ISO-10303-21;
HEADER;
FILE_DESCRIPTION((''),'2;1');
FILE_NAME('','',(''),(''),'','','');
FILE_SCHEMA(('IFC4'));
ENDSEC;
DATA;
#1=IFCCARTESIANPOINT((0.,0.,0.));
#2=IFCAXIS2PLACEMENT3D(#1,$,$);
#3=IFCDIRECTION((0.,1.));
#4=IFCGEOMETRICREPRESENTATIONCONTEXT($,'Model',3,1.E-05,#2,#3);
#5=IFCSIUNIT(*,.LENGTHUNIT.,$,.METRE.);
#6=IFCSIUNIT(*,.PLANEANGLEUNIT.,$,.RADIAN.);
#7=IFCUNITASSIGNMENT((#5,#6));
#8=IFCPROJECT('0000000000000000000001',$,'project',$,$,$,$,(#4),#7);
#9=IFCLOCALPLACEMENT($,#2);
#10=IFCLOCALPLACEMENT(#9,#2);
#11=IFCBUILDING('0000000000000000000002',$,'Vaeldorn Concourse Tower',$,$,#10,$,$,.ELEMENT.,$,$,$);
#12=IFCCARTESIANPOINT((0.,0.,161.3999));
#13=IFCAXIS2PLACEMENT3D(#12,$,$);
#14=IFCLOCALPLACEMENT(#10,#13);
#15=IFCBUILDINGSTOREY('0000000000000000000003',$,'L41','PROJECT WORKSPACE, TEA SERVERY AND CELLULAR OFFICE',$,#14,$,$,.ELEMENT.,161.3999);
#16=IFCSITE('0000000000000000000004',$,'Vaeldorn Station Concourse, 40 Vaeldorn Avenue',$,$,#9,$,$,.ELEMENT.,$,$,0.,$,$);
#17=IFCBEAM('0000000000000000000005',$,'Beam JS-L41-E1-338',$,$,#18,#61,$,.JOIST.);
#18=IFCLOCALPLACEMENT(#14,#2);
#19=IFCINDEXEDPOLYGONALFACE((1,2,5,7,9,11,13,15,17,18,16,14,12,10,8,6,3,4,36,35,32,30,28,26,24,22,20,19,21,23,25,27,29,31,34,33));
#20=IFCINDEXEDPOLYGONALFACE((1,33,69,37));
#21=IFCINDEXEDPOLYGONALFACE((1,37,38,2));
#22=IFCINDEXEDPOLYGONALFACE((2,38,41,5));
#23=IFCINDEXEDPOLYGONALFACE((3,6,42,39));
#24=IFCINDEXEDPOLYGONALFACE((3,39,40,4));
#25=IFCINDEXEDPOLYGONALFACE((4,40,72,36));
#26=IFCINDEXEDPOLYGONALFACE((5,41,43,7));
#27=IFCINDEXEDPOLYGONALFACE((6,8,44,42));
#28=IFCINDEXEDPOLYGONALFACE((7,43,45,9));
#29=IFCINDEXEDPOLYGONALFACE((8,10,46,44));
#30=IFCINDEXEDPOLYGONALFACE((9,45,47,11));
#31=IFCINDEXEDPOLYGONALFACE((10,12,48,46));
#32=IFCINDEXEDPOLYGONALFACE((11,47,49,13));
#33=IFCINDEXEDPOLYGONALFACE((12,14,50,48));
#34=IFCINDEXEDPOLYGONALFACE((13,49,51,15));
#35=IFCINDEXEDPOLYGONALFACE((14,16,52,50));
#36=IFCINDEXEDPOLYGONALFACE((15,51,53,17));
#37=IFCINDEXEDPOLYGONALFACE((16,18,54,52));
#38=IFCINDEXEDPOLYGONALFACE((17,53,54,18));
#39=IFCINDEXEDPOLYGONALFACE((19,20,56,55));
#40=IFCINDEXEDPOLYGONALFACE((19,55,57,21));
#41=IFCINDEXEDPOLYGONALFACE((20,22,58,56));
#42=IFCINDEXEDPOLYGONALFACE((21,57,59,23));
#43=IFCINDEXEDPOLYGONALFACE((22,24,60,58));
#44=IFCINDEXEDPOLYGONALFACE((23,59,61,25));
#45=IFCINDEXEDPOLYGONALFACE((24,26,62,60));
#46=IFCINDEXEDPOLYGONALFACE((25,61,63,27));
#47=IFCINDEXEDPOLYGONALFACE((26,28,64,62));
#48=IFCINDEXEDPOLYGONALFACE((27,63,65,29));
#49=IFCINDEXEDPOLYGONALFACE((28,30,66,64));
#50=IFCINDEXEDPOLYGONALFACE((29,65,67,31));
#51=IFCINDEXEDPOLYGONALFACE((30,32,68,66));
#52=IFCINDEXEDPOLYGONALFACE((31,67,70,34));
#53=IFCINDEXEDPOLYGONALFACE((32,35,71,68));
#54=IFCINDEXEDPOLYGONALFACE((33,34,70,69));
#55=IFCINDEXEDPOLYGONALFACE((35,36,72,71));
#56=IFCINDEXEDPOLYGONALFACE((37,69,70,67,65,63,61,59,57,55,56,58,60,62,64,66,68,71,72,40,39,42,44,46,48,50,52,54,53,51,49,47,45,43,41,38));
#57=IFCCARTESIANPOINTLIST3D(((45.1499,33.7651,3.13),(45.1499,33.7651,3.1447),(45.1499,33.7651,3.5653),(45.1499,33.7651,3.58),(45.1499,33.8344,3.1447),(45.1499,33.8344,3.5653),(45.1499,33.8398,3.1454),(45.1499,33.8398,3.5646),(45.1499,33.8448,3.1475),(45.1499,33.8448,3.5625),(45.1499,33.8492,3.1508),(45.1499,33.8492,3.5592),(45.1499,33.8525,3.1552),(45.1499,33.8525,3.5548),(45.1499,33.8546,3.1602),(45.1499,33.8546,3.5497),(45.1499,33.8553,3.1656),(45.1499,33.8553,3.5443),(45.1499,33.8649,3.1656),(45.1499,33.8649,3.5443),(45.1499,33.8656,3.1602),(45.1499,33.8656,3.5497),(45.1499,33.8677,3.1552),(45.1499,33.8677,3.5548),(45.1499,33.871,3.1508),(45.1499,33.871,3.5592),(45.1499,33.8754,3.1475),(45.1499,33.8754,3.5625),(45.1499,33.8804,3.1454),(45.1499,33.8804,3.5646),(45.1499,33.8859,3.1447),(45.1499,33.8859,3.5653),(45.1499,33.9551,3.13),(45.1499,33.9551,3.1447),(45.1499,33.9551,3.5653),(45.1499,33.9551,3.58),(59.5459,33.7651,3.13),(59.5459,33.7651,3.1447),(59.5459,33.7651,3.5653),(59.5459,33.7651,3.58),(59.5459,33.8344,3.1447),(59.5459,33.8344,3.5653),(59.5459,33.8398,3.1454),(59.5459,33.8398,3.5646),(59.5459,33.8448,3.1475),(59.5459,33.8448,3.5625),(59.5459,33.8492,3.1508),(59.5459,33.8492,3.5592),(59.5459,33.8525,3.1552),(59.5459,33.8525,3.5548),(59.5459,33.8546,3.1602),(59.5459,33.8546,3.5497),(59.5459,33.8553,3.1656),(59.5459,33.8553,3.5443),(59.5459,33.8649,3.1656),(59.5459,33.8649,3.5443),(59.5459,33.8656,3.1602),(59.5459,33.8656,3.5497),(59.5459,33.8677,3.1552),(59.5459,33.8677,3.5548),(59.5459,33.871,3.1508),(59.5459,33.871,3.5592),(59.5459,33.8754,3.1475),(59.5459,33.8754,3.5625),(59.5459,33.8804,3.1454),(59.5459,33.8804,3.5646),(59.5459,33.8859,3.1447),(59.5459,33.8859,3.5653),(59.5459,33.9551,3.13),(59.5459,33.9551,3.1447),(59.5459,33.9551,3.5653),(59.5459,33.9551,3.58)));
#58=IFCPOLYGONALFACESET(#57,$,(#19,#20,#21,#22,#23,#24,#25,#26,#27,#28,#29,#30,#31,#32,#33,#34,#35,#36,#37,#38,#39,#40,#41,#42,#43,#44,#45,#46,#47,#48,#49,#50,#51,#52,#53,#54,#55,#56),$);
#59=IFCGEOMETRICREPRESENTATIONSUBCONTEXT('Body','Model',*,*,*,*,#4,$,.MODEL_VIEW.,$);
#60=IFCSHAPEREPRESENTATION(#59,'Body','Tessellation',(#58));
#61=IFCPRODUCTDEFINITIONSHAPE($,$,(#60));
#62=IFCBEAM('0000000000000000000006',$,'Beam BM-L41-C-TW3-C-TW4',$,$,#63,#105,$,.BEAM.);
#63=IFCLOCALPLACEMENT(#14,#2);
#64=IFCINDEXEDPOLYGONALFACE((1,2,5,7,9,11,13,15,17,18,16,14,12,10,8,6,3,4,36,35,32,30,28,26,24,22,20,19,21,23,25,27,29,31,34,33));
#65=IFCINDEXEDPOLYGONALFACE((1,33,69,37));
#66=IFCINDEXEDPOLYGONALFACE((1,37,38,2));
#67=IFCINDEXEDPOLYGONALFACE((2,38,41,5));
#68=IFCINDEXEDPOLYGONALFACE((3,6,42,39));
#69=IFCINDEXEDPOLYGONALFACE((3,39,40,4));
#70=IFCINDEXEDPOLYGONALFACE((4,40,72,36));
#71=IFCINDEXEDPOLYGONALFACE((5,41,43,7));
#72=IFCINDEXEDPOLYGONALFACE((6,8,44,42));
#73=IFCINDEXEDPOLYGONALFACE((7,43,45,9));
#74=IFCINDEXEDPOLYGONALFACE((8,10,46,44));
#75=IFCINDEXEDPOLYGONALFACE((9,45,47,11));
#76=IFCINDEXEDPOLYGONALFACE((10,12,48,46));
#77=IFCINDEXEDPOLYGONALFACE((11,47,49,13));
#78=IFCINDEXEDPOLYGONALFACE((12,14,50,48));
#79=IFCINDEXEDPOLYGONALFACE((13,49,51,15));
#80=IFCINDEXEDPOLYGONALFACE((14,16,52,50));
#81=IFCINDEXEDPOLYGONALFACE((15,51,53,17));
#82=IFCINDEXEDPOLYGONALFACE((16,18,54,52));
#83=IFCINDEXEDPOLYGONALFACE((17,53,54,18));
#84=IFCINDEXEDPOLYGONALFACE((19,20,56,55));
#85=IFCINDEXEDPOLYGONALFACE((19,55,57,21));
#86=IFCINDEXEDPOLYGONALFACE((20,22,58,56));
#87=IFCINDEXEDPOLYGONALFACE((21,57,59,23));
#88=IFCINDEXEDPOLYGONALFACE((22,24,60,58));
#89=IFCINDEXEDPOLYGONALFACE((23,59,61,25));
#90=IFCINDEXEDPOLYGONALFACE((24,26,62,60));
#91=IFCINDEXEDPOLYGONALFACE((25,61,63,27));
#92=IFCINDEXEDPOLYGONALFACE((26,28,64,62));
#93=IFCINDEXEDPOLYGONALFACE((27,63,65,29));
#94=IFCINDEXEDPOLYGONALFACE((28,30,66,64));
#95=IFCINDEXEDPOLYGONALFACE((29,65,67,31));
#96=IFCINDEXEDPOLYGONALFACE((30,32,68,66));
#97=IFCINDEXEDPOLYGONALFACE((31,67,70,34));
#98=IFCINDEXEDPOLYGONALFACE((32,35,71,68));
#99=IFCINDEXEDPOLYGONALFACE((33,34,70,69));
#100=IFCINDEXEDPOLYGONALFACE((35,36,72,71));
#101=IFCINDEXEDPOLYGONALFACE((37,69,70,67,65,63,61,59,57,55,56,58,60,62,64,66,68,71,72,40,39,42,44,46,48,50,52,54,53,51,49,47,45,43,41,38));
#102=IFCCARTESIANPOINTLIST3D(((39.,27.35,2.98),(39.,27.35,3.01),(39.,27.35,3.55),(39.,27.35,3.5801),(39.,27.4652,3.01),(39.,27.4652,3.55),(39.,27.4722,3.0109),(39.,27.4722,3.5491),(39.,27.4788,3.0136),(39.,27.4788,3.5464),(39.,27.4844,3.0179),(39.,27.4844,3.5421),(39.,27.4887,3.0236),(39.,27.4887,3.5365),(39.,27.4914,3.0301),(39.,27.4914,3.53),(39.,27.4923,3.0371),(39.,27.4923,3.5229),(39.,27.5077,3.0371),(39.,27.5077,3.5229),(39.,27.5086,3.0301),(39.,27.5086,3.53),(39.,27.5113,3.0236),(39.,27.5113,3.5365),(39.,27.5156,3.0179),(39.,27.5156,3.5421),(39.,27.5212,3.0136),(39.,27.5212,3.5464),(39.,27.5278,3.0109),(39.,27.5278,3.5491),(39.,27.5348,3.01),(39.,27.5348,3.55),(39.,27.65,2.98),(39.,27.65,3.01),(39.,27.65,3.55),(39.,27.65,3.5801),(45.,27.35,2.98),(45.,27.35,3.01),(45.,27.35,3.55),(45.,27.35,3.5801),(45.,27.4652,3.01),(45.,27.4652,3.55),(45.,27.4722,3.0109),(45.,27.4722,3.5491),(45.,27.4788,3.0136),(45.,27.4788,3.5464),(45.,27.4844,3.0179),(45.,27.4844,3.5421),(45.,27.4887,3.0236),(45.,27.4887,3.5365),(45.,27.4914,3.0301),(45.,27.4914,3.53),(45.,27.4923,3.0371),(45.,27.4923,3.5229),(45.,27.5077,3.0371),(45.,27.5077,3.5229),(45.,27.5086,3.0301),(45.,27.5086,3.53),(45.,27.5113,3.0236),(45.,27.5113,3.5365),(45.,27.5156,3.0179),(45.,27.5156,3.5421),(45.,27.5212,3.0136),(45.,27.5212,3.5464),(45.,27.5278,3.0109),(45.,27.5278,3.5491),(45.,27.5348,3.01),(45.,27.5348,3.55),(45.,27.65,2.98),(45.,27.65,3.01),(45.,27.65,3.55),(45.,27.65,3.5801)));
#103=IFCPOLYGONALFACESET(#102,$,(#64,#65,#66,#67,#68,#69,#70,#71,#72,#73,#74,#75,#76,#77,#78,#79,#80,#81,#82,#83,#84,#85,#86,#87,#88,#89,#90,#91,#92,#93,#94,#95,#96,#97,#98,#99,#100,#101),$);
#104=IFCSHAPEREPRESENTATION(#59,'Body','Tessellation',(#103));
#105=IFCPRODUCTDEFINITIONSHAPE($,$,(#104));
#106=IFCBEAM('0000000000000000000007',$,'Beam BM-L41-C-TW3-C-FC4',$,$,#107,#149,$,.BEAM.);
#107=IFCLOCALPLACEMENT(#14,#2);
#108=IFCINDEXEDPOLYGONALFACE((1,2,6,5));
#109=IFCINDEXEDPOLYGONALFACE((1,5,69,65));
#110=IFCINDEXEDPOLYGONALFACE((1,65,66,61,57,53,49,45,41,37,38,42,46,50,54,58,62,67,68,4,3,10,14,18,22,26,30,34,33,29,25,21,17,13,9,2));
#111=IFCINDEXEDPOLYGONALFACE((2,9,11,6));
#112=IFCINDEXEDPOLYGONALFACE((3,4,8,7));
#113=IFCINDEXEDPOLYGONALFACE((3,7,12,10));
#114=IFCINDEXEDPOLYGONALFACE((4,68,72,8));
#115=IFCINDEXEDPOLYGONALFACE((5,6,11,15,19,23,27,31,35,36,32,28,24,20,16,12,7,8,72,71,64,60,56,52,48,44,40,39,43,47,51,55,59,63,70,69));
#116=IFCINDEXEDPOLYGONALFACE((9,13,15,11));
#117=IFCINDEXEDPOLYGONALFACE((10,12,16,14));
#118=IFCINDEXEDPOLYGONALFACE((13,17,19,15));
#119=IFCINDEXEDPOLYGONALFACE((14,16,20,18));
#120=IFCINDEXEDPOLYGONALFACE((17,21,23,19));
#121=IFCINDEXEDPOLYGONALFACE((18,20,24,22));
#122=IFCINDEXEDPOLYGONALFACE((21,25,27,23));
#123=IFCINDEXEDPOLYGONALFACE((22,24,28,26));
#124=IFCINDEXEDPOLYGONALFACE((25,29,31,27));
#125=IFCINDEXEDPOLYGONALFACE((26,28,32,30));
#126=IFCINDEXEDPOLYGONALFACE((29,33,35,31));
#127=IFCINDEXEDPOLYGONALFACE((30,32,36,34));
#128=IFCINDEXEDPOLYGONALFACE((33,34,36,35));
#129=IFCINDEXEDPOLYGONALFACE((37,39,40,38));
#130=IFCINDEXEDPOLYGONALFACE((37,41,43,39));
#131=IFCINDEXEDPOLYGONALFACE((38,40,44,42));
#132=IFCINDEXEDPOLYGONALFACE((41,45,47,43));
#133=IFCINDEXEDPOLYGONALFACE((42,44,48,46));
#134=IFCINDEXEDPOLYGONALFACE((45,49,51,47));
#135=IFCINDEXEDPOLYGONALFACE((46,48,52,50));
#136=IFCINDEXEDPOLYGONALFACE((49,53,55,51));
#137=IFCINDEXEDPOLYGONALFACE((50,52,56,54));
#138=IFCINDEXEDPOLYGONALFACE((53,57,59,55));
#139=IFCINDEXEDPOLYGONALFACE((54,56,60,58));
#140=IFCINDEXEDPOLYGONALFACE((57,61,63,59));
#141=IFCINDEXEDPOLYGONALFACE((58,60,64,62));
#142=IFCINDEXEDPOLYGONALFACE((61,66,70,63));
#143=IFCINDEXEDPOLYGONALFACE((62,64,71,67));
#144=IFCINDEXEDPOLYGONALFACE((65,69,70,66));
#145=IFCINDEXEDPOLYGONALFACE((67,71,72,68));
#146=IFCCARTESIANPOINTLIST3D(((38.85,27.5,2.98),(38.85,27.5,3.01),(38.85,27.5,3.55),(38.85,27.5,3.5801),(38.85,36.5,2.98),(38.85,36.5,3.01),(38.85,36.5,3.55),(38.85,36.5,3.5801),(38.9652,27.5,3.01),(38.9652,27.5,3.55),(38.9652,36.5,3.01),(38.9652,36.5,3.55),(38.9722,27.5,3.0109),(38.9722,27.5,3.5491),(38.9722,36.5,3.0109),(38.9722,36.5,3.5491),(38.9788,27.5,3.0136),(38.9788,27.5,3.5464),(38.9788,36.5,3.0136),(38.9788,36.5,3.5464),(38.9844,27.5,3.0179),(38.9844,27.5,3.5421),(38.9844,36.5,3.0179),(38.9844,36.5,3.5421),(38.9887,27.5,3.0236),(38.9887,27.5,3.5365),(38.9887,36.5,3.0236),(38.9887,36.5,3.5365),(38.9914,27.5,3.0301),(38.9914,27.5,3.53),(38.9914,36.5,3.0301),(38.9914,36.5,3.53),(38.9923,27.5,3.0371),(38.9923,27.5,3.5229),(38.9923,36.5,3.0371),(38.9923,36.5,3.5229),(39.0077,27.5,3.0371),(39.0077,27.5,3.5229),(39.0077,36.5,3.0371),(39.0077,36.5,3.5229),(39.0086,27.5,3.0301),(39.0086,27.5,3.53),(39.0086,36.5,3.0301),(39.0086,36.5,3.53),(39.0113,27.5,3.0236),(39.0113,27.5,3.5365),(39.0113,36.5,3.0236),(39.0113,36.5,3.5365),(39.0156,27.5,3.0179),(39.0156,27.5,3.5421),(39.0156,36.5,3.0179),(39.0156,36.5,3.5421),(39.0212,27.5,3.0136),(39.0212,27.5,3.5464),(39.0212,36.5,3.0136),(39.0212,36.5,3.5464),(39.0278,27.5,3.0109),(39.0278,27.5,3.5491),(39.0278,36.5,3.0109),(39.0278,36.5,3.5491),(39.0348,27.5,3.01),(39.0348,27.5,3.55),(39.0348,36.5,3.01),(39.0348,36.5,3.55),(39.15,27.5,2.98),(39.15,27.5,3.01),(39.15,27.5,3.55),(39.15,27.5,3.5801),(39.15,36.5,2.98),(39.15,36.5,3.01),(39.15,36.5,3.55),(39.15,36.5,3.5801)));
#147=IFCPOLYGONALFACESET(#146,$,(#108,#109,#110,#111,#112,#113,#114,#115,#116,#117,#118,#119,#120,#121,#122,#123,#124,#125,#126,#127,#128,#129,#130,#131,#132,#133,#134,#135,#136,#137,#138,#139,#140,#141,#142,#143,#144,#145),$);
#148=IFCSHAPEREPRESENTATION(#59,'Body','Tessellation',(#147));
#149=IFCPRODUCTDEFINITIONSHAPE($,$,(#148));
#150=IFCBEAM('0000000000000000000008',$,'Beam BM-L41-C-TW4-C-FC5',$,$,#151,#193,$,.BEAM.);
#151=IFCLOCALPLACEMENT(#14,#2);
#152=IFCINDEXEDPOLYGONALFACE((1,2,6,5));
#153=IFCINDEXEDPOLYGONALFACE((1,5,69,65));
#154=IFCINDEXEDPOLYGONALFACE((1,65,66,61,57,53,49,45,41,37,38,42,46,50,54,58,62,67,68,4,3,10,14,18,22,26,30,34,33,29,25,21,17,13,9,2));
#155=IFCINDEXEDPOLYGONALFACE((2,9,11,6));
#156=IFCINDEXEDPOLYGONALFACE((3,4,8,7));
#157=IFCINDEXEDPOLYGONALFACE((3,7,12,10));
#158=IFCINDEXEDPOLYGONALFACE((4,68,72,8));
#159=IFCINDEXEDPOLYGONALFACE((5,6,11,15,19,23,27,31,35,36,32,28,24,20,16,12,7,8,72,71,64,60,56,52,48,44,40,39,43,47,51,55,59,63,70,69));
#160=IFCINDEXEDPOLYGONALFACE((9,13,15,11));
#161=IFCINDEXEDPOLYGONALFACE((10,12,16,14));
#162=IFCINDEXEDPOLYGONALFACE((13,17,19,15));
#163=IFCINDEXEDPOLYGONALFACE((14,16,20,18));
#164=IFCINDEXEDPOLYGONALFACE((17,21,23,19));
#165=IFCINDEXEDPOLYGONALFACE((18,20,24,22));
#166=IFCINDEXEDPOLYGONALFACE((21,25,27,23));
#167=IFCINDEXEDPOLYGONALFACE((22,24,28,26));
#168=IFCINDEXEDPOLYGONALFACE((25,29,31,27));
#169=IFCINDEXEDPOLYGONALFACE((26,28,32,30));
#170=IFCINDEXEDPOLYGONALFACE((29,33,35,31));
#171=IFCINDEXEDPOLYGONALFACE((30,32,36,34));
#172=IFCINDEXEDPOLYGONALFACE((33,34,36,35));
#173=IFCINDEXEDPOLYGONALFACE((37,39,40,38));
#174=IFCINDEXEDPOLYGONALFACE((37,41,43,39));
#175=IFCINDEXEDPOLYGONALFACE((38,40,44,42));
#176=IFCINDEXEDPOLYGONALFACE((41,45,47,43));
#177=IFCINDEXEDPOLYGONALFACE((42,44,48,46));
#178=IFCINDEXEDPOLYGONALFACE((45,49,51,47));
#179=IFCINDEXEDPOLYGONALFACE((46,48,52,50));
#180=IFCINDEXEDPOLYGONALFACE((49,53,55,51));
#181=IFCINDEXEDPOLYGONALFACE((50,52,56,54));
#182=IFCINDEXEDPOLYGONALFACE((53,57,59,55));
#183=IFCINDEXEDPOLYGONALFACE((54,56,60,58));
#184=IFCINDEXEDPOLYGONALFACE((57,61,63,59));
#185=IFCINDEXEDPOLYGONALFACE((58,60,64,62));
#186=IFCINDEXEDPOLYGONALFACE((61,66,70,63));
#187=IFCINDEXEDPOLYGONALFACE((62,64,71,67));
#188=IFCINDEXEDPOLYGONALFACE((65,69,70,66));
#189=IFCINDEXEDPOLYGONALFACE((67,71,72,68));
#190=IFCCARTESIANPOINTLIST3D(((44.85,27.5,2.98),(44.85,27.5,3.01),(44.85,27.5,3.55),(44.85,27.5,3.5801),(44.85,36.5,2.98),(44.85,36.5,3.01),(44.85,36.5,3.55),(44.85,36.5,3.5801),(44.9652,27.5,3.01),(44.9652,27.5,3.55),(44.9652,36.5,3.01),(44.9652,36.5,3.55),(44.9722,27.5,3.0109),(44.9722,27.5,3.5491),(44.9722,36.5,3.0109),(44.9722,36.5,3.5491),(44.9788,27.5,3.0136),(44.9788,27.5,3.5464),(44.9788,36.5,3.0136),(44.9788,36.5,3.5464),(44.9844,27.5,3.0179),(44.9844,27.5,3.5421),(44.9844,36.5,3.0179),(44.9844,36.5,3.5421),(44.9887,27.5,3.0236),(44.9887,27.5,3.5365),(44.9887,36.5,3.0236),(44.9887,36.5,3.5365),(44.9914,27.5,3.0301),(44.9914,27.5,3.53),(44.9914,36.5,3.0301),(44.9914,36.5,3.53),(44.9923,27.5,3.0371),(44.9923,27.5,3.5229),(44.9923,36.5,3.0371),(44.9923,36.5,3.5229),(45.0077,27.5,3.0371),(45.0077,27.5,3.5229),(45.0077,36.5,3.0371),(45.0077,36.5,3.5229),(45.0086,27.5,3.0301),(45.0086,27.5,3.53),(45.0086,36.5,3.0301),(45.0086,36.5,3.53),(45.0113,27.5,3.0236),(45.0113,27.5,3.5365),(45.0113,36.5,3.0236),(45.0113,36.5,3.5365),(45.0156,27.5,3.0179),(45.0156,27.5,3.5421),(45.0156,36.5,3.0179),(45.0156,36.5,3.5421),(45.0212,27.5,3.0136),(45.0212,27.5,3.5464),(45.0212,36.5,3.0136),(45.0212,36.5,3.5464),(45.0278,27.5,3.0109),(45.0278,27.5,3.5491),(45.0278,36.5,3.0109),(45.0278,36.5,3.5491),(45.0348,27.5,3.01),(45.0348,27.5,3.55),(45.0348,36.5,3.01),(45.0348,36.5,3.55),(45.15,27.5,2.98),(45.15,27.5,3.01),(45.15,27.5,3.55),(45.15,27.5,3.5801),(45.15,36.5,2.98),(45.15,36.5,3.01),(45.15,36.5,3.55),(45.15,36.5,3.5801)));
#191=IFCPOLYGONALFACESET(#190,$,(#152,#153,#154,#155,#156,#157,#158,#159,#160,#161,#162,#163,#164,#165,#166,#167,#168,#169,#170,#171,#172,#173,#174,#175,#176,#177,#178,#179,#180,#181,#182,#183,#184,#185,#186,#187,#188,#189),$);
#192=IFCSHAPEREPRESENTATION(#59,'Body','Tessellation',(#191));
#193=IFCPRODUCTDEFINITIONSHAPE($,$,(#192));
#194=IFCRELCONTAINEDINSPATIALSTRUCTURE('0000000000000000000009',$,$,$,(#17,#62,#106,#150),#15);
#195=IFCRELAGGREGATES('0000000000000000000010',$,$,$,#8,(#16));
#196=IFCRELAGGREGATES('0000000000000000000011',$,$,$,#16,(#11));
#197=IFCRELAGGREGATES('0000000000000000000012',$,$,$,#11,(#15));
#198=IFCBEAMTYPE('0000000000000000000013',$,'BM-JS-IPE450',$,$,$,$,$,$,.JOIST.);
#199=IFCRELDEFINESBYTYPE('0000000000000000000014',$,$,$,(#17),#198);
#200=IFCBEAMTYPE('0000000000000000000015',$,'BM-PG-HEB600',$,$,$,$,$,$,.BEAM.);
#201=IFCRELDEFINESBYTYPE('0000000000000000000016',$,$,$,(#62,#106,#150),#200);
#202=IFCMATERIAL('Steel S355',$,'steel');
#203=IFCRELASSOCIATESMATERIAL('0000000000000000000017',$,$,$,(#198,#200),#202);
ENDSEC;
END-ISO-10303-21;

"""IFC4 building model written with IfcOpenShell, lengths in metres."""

from ifc_helpers import new_model, si_unit, direction, frame, origin, origin_2d, place, context, subcontext, project, spatial, i_section, extrude, source, transform, mapped, material, material_profile, profile_set, type_object, element, save


model = new_model("IFC4")

# Units and contexts
model_context = context("Model", 3, precision=1e-05, world=origin(), true_north=direction((0.0, 1.0)))
body_context = subcontext(model_context, "Body", "Model", "MODEL_VIEW")
ifc_project = project(units=[si_unit("LENGTHUNIT", "METRE"), si_unit("PLANEANGLEUNIT", "RADIAN")], contexts=[model_context])

# Site, building, storey
site_placement = place(None, origin())
site = spatial("IfcSite", under=ifc_project, at=site_placement, Name="Vaeldorn Station Concourse, 40 Vaeldorn Avenue", CompositionType="ELEMENT", RefElevation=0.0)
building_placement = place(site_placement, origin())
building = spatial("IfcBuilding", under=site, at=building_placement, Name="Vaeldorn Concourse Tower", CompositionType="ELEMENT")
storey_placement = place(building_placement, frame((0.0, 0.0, 161.3999)))
storey = spatial("IfcBuildingStorey", under=building, at=storey_placement, Name="L41", Description="PROJECT WORKSPACE, TEA SERVERY AND CELLULAR OFFICE", CompositionType="ELEMENT", Elevation=161.3999)

# Beams
ifc_material_1 = material(Name="Steel S355", Category="steel")
ifc_material_profile_1 = material_profile(ifc_material_1, i_section(OverallWidth=0.1899, OverallDepth=0.45, WebThickness=0.0095, FlangeThickness=0.0146, FilletRadius=0.021, at=origin_2d()), Name="IPE 450")
ifc_profile_set_1 = profile_set([ifc_material_profile_1], Name="Steel S355")
beam_type_1 = type_object("IfcBeamType", Name="BM-JS-IPE450", PredefinedType="JOIST", material=ifc_profile_set_1)
shared_shape_1 = source(origin(), body_context, "Body", "SweptSolid", [
    extrude(i_section(OverallWidth=0.1899, OverallDepth=0.45, WebThickness=0.0095, FlangeThickness=0.0146, FilletRadius=0.021, at=origin_2d()), origin(), (0.0, 0.0, 1.0), 14.396),
])
beam_1_placement = place(storey_placement, frame((45.1499, 33.8601, 3.355), z_axis=(1.0, 0.0, 0.0), x_axis=(0.0, 1.0, 0.0)))
element("IfcBeam", 1, at=beam_1_placement, inside=storey, type_object=beam_type_1, Name="Beam JS-L41-E1-338", PredefinedType="JOIST", context=body_context, shape_type="MappedRepresentation", body=[
    mapped(shared_shape_1, transform((0.0, 0.0, 0.0), scale=1.0)),
])
ifc_material_profile_2 = material_profile(ifc_material_1, i_section(OverallWidth=0.3, OverallDepth=0.6001, WebThickness=0.0154, FlangeThickness=0.03, FilletRadius=0.0271, at=origin_2d()), Name="HEB 600")
ifc_profile_set_2 = profile_set([ifc_material_profile_2], Name="Steel S355")
beam_type_2 = type_object("IfcBeamType", Name="BM-PG-HEB600", PredefinedType="BEAM", material=ifc_profile_set_2)
shared_shape_2 = source(origin(), body_context, "Body", "SweptSolid", [
    extrude(i_section(OverallWidth=0.3, OverallDepth=0.6001, WebThickness=0.0154, FlangeThickness=0.03, FilletRadius=0.0271, at=origin_2d()), origin(), (0.0, 0.0, 1.0), 6.0),
])
beam_2_placement = place(storey_placement, frame((39.0, 27.5, 3.28), z_axis=(1.0, 0.0, 0.0), x_axis=(0.0, 1.0, 0.0)))
element("IfcBeam", 2, at=beam_2_placement, inside=storey, type_object=beam_type_2, Name="Beam BM-L41-C-TW3-C-TW4", PredefinedType="BEAM", context=body_context, shape_type="MappedRepresentation", body=[
    mapped(shared_shape_2, transform((0.0, 0.0, 0.0), scale=1.0)),
])
shared_shape_3 = source(origin(), body_context, "Body", "SweptSolid", [
    extrude(i_section(OverallWidth=0.3, OverallDepth=0.6001, WebThickness=0.0154, FlangeThickness=0.03, FilletRadius=0.0271, at=origin_2d()), origin(), (0.0, 0.0, 1.0), 9.0),
])
for number, where, z_axis, x_axis, name in (
    (3, (39.0, 27.5, 3.28), (0.0, 1.0, 0.0), (-1.0, 0.0, 0.0), "Beam BM-L41-C-TW3-C-FC4"),
    (4, (45.0, 27.5, 3.28), (0.0, 1.0, 0.0), (-1.0, 0.0, 0.0), "Beam BM-L41-C-TW4-C-FC5"),
):
    element("IfcBeam", number, at=place(storey_placement, frame(where, z_axis=z_axis, x_axis=x_axis)), inside=storey, type_object=beam_type_2, Name=name, PredefinedType="BEAM", context=body_context, shape_type="MappedRepresentation", body=[
        mapped(shared_shape_3, transform((0.0, 0.0, 0.0), scale=1.0)),
    ])

save(model, "model.ifc")
